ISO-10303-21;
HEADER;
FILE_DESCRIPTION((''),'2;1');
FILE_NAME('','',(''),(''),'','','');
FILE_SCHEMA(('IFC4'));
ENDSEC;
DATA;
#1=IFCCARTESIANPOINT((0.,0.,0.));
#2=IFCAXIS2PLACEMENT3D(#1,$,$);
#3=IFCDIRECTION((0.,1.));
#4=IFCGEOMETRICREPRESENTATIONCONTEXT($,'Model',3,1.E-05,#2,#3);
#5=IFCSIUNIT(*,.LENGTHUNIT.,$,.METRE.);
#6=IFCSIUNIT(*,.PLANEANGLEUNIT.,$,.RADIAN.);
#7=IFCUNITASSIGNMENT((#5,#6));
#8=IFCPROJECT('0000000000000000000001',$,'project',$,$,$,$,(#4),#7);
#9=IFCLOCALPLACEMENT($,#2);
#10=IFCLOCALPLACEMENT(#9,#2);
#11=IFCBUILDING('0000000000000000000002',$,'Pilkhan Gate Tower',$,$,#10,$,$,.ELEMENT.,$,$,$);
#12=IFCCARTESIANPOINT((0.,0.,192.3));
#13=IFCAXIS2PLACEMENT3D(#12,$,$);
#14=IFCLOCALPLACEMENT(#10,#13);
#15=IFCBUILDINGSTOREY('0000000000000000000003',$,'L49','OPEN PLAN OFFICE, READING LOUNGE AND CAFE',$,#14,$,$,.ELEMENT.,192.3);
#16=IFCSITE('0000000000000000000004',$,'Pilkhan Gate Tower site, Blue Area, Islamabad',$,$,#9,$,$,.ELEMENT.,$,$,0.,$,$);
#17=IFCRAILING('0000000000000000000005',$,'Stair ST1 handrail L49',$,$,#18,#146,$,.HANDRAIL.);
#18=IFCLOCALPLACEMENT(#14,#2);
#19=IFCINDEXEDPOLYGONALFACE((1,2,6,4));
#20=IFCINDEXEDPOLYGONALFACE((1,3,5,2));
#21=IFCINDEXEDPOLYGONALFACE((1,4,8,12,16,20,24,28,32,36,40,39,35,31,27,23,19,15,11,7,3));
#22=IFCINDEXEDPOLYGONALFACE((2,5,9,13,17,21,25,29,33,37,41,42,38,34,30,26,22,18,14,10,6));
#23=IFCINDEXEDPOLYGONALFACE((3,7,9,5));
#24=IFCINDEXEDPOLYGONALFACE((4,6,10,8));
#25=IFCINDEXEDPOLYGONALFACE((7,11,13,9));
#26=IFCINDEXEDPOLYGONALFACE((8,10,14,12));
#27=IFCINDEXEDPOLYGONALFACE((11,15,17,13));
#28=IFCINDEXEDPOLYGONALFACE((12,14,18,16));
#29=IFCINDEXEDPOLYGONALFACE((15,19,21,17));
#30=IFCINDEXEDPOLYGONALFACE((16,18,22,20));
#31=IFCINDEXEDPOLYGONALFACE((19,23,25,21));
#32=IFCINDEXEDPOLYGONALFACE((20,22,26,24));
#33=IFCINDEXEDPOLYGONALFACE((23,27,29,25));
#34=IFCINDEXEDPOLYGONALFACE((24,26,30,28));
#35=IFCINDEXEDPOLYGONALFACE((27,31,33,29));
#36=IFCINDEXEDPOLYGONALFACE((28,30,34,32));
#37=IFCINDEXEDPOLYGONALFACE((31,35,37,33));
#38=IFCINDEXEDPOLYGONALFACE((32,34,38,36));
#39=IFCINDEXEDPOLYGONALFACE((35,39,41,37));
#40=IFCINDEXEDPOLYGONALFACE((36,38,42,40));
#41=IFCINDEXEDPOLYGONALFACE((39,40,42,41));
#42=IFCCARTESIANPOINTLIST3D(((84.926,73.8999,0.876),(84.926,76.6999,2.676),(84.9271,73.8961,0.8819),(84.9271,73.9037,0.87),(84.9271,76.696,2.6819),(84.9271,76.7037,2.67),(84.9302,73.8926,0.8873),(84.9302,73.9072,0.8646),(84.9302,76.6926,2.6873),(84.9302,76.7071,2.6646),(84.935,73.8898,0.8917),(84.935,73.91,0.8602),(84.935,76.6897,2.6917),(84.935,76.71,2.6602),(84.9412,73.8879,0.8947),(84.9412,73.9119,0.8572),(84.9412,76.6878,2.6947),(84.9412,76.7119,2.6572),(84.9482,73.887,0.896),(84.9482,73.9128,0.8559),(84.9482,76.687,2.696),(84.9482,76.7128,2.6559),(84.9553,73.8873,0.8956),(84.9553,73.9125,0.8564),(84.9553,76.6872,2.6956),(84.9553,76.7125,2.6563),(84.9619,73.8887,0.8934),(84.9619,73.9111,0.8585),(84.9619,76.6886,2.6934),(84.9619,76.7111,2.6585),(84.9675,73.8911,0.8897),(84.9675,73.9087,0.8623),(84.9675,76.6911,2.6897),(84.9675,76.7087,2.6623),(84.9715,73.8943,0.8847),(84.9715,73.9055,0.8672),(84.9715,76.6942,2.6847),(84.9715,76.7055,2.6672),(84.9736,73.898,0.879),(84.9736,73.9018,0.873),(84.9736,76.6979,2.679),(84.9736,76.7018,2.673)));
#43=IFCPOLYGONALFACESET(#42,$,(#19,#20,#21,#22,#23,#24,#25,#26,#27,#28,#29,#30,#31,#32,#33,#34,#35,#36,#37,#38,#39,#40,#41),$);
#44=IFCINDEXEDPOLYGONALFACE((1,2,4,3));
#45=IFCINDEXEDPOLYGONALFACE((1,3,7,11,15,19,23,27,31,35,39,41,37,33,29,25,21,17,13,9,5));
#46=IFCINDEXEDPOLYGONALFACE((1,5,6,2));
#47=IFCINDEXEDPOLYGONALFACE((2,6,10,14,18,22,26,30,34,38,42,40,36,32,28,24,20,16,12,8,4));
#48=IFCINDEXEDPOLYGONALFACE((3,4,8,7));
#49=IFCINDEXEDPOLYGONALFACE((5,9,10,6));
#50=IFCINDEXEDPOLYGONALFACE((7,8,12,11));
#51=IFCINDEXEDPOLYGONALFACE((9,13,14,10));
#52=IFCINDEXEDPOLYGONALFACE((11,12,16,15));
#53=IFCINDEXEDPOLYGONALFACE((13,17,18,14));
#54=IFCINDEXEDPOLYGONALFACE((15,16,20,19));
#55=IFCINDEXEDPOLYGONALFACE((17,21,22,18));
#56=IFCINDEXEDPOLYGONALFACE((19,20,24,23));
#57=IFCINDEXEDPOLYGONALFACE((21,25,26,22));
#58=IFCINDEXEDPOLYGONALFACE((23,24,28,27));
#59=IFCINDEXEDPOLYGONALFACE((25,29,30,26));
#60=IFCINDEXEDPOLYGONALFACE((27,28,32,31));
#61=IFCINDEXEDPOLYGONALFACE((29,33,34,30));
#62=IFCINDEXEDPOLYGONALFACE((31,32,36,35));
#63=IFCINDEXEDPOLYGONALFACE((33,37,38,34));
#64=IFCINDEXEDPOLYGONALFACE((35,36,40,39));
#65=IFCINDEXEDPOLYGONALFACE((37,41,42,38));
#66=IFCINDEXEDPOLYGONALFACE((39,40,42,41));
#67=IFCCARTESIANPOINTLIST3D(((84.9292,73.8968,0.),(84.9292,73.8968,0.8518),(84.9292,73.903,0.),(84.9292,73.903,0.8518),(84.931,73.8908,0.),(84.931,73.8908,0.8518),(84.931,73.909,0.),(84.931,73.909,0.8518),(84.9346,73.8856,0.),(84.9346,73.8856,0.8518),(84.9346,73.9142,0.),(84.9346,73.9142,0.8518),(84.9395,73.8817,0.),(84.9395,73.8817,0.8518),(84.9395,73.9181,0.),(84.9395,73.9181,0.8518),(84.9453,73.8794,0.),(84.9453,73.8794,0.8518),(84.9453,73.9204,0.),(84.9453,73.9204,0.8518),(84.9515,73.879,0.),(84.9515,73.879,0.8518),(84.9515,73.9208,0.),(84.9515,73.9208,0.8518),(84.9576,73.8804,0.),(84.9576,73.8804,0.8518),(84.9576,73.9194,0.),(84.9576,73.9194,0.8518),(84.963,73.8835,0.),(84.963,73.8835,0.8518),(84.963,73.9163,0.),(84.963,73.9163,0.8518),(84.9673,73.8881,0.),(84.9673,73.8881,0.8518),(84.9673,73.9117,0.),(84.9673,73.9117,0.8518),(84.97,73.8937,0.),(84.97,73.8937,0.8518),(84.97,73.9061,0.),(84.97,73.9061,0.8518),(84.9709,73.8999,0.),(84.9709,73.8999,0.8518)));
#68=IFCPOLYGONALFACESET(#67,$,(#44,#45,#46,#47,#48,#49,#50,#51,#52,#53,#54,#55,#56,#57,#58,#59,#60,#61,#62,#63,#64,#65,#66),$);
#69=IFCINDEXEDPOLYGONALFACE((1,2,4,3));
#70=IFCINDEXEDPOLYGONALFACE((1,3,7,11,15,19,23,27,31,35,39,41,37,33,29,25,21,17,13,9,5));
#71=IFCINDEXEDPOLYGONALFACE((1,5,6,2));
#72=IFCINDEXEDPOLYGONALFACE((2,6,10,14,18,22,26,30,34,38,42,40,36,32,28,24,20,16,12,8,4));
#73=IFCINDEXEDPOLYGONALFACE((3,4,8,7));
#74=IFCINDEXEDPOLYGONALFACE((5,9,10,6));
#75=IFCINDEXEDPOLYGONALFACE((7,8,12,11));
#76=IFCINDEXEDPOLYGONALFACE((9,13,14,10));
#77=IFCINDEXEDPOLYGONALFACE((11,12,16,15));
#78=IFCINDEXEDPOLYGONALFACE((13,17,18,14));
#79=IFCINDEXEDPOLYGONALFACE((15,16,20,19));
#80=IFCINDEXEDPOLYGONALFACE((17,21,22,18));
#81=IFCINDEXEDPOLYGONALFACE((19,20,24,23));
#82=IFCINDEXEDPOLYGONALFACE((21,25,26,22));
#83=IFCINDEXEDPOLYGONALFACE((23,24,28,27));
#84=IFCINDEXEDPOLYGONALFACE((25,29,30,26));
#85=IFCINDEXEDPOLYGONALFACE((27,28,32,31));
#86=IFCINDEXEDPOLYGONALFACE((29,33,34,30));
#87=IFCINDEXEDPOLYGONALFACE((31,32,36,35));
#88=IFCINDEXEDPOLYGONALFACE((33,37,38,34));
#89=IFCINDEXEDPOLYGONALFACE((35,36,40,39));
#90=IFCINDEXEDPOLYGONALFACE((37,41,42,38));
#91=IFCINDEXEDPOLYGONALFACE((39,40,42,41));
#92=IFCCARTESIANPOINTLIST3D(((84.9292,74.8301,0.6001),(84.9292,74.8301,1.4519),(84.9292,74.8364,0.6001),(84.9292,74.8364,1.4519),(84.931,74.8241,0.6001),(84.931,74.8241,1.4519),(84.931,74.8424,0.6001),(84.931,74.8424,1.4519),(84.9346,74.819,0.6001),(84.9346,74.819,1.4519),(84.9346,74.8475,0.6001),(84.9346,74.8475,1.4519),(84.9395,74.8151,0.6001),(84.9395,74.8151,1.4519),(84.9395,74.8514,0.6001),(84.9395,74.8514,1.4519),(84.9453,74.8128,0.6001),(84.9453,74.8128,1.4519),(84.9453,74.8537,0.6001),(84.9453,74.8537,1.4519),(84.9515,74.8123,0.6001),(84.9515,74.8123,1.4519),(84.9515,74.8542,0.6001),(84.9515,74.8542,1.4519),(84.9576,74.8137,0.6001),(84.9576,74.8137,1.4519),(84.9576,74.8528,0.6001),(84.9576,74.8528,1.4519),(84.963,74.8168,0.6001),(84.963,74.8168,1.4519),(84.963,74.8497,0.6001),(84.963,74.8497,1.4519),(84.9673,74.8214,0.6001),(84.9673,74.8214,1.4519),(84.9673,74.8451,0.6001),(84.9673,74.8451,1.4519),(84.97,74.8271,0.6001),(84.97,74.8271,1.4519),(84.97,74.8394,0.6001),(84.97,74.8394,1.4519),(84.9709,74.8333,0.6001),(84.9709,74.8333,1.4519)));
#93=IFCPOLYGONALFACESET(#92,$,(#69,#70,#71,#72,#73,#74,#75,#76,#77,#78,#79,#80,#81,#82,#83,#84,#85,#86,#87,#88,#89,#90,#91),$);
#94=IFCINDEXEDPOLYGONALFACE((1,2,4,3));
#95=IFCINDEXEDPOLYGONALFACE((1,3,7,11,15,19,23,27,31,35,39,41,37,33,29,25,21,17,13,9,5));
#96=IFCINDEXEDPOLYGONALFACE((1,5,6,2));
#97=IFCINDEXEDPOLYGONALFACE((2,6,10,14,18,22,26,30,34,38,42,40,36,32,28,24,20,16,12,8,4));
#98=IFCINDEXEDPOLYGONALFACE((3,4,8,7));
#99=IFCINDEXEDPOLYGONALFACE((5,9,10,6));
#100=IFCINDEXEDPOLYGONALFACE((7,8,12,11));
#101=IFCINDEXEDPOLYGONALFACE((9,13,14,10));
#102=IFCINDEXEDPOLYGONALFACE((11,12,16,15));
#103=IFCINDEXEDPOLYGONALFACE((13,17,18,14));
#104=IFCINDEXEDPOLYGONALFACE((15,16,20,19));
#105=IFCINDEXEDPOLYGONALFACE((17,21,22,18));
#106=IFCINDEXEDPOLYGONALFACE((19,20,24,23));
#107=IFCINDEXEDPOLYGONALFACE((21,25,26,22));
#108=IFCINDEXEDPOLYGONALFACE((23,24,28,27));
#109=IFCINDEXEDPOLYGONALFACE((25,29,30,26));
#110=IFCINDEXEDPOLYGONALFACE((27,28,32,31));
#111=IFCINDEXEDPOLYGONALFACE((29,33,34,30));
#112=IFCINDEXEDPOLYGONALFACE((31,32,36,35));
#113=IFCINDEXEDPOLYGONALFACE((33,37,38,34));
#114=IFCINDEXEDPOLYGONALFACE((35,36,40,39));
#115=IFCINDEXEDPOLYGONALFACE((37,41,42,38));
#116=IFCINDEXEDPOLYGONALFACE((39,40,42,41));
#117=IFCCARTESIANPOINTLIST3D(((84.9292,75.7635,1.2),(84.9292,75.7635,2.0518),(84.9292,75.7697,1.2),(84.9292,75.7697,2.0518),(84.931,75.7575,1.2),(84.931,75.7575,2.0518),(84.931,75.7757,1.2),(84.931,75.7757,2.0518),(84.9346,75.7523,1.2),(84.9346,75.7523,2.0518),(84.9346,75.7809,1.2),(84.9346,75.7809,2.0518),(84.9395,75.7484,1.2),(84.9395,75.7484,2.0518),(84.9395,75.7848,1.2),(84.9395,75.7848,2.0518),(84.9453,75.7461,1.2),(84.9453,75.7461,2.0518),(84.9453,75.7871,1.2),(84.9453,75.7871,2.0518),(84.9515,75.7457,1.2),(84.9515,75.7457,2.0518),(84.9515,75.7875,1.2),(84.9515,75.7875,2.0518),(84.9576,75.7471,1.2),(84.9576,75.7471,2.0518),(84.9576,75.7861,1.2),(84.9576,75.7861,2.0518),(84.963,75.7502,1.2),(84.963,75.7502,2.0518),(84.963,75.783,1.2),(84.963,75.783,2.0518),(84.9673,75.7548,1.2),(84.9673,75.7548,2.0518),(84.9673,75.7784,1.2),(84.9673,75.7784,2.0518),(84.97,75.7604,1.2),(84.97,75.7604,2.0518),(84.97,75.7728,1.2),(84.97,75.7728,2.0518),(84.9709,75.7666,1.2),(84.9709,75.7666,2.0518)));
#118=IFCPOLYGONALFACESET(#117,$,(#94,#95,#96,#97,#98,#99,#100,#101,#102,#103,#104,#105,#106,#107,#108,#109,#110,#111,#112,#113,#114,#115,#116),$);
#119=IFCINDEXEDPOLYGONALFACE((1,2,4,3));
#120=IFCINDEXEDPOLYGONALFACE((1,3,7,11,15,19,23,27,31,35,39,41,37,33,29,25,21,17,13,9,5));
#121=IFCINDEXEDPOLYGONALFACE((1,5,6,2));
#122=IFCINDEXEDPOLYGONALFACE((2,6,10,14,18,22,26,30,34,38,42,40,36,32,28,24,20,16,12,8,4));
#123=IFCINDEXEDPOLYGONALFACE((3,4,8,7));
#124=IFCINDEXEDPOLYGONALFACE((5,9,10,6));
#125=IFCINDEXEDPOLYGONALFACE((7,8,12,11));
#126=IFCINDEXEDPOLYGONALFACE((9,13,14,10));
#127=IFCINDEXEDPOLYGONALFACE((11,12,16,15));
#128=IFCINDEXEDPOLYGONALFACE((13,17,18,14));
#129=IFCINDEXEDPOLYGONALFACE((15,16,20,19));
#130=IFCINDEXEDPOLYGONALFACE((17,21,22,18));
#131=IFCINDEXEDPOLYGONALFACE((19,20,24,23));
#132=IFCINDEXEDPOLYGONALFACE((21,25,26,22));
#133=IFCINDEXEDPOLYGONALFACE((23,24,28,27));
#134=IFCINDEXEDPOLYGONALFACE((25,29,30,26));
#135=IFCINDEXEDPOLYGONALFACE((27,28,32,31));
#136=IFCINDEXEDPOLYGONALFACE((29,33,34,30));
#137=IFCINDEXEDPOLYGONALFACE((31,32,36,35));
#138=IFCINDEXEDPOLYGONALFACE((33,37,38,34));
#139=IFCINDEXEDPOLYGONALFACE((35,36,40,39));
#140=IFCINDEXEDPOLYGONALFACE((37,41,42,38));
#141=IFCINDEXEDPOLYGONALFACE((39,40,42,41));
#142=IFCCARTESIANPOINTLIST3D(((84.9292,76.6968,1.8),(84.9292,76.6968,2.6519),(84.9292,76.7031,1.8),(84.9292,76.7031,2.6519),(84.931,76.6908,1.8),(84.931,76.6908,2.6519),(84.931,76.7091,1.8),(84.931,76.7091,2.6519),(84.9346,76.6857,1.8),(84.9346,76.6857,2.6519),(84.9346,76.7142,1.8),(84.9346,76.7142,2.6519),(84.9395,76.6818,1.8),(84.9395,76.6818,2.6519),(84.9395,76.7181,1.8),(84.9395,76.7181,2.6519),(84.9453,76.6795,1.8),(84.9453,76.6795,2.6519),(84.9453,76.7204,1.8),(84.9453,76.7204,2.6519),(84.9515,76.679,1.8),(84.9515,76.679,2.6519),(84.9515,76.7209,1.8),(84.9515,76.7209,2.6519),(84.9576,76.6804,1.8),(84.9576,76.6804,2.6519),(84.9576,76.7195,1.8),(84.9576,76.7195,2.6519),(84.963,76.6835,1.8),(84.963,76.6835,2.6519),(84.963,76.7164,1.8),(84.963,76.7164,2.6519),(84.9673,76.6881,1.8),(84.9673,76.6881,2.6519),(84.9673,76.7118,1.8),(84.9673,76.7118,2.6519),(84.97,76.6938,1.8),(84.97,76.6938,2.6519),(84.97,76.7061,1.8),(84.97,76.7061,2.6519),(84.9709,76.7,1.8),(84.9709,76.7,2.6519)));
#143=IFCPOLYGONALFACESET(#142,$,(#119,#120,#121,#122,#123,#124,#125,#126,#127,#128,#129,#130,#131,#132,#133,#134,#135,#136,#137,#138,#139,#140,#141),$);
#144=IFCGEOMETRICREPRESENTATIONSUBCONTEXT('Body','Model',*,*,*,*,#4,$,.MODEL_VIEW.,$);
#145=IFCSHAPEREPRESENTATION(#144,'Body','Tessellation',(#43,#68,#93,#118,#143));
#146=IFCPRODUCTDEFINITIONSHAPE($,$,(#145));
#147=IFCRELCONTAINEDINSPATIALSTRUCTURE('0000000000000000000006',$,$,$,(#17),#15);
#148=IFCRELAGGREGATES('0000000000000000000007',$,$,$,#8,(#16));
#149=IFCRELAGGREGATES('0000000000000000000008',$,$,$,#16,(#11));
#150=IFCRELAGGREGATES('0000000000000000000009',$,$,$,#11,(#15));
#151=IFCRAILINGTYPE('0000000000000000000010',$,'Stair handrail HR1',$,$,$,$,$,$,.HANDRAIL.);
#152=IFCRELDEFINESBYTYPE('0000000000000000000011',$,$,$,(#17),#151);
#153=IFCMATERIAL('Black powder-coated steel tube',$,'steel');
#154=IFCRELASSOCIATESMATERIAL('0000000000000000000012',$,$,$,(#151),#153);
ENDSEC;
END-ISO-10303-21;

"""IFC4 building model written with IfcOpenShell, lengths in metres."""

from ifc_helpers import new_model, si_unit, direction, frame, origin, origin_2d, place, context, subcontext, project, spatial, circle, extrude, material, type_object, element, save


model = new_model("IFC4")

# Units and contexts
model_context = context("Model", 3, precision=1e-05, world=origin(), true_north=direction((0.0, 1.0)))
body_context = subcontext(model_context, "Body", "Model", "MODEL_VIEW")
ifc_project = project(units=[si_unit("LENGTHUNIT", "METRE"), si_unit("PLANEANGLEUNIT", "RADIAN")], contexts=[model_context])

# Site, building, storey
site_placement = place(None, origin())
site = spatial("IfcSite", under=ifc_project, at=site_placement, Name="Pilkhan Gate Tower site, Blue Area, Islamabad", CompositionType="ELEMENT", RefElevation=0.0)
building_placement = place(site_placement, origin())
building = spatial("IfcBuilding", under=site, at=building_placement, Name="Pilkhan Gate Tower", CompositionType="ELEMENT")
storey_placement = place(building_placement, frame((0.0, 0.0, 192.3)))
storey = spatial("IfcBuildingStorey", under=building, at=storey_placement, Name="L49", Description="OPEN PLAN OFFICE, READING LOUNGE AND CAFE", CompositionType="ELEMENT", Elevation=192.3)

# Railing
ifc_material_1 = material(Name="Black powder-coated steel tube", Category="steel")
railing_type_1 = type_object("IfcRailingType", Name="Stair handrail HR1", PredefinedType="HANDRAIL", material=ifc_material_1)
railing_1_placement = place(storey_placement, frame((84.95, 73.8999, 0.0)))
element("IfcRailing", 1, at=railing_1_placement, inside=storey, type_object=railing_type_1, Name="Stair ST1 handrail L49", PredefinedType="HANDRAIL", context=body_context, shape_type="SweptSolid", body=[
    extrude(circle(Radius=0.0239, at=origin_2d()), frame((0.0, 0.0, 0.876), z_axis=(0.0, 0.841176, 0.540761), x_axis=(-1.0, 0.0, 0.0)), (0.0, 0.0, 1.0), 3.3286),
    extrude(circle(Radius=0.021, at=origin_2d()), origin(), (0.0, 0.0, 1.0), 0.8518),
    extrude(circle(Radius=0.021, at=origin_2d()), frame((0.0, 0.9333, 0.6001)), (0.0, 0.0, 1.0), 0.8518),
    extrude(circle(Radius=0.021, at=origin_2d()), frame((0.0, 1.8667, 1.2)), (0.0, 0.0, 1.0), 0.8518),
    extrude(circle(Radius=0.021, at=origin_2d()), frame((0.0, 2.8, 1.8)), (0.0, 0.0, 1.0), 0.8518),
])

save(model, "model.ifc")
